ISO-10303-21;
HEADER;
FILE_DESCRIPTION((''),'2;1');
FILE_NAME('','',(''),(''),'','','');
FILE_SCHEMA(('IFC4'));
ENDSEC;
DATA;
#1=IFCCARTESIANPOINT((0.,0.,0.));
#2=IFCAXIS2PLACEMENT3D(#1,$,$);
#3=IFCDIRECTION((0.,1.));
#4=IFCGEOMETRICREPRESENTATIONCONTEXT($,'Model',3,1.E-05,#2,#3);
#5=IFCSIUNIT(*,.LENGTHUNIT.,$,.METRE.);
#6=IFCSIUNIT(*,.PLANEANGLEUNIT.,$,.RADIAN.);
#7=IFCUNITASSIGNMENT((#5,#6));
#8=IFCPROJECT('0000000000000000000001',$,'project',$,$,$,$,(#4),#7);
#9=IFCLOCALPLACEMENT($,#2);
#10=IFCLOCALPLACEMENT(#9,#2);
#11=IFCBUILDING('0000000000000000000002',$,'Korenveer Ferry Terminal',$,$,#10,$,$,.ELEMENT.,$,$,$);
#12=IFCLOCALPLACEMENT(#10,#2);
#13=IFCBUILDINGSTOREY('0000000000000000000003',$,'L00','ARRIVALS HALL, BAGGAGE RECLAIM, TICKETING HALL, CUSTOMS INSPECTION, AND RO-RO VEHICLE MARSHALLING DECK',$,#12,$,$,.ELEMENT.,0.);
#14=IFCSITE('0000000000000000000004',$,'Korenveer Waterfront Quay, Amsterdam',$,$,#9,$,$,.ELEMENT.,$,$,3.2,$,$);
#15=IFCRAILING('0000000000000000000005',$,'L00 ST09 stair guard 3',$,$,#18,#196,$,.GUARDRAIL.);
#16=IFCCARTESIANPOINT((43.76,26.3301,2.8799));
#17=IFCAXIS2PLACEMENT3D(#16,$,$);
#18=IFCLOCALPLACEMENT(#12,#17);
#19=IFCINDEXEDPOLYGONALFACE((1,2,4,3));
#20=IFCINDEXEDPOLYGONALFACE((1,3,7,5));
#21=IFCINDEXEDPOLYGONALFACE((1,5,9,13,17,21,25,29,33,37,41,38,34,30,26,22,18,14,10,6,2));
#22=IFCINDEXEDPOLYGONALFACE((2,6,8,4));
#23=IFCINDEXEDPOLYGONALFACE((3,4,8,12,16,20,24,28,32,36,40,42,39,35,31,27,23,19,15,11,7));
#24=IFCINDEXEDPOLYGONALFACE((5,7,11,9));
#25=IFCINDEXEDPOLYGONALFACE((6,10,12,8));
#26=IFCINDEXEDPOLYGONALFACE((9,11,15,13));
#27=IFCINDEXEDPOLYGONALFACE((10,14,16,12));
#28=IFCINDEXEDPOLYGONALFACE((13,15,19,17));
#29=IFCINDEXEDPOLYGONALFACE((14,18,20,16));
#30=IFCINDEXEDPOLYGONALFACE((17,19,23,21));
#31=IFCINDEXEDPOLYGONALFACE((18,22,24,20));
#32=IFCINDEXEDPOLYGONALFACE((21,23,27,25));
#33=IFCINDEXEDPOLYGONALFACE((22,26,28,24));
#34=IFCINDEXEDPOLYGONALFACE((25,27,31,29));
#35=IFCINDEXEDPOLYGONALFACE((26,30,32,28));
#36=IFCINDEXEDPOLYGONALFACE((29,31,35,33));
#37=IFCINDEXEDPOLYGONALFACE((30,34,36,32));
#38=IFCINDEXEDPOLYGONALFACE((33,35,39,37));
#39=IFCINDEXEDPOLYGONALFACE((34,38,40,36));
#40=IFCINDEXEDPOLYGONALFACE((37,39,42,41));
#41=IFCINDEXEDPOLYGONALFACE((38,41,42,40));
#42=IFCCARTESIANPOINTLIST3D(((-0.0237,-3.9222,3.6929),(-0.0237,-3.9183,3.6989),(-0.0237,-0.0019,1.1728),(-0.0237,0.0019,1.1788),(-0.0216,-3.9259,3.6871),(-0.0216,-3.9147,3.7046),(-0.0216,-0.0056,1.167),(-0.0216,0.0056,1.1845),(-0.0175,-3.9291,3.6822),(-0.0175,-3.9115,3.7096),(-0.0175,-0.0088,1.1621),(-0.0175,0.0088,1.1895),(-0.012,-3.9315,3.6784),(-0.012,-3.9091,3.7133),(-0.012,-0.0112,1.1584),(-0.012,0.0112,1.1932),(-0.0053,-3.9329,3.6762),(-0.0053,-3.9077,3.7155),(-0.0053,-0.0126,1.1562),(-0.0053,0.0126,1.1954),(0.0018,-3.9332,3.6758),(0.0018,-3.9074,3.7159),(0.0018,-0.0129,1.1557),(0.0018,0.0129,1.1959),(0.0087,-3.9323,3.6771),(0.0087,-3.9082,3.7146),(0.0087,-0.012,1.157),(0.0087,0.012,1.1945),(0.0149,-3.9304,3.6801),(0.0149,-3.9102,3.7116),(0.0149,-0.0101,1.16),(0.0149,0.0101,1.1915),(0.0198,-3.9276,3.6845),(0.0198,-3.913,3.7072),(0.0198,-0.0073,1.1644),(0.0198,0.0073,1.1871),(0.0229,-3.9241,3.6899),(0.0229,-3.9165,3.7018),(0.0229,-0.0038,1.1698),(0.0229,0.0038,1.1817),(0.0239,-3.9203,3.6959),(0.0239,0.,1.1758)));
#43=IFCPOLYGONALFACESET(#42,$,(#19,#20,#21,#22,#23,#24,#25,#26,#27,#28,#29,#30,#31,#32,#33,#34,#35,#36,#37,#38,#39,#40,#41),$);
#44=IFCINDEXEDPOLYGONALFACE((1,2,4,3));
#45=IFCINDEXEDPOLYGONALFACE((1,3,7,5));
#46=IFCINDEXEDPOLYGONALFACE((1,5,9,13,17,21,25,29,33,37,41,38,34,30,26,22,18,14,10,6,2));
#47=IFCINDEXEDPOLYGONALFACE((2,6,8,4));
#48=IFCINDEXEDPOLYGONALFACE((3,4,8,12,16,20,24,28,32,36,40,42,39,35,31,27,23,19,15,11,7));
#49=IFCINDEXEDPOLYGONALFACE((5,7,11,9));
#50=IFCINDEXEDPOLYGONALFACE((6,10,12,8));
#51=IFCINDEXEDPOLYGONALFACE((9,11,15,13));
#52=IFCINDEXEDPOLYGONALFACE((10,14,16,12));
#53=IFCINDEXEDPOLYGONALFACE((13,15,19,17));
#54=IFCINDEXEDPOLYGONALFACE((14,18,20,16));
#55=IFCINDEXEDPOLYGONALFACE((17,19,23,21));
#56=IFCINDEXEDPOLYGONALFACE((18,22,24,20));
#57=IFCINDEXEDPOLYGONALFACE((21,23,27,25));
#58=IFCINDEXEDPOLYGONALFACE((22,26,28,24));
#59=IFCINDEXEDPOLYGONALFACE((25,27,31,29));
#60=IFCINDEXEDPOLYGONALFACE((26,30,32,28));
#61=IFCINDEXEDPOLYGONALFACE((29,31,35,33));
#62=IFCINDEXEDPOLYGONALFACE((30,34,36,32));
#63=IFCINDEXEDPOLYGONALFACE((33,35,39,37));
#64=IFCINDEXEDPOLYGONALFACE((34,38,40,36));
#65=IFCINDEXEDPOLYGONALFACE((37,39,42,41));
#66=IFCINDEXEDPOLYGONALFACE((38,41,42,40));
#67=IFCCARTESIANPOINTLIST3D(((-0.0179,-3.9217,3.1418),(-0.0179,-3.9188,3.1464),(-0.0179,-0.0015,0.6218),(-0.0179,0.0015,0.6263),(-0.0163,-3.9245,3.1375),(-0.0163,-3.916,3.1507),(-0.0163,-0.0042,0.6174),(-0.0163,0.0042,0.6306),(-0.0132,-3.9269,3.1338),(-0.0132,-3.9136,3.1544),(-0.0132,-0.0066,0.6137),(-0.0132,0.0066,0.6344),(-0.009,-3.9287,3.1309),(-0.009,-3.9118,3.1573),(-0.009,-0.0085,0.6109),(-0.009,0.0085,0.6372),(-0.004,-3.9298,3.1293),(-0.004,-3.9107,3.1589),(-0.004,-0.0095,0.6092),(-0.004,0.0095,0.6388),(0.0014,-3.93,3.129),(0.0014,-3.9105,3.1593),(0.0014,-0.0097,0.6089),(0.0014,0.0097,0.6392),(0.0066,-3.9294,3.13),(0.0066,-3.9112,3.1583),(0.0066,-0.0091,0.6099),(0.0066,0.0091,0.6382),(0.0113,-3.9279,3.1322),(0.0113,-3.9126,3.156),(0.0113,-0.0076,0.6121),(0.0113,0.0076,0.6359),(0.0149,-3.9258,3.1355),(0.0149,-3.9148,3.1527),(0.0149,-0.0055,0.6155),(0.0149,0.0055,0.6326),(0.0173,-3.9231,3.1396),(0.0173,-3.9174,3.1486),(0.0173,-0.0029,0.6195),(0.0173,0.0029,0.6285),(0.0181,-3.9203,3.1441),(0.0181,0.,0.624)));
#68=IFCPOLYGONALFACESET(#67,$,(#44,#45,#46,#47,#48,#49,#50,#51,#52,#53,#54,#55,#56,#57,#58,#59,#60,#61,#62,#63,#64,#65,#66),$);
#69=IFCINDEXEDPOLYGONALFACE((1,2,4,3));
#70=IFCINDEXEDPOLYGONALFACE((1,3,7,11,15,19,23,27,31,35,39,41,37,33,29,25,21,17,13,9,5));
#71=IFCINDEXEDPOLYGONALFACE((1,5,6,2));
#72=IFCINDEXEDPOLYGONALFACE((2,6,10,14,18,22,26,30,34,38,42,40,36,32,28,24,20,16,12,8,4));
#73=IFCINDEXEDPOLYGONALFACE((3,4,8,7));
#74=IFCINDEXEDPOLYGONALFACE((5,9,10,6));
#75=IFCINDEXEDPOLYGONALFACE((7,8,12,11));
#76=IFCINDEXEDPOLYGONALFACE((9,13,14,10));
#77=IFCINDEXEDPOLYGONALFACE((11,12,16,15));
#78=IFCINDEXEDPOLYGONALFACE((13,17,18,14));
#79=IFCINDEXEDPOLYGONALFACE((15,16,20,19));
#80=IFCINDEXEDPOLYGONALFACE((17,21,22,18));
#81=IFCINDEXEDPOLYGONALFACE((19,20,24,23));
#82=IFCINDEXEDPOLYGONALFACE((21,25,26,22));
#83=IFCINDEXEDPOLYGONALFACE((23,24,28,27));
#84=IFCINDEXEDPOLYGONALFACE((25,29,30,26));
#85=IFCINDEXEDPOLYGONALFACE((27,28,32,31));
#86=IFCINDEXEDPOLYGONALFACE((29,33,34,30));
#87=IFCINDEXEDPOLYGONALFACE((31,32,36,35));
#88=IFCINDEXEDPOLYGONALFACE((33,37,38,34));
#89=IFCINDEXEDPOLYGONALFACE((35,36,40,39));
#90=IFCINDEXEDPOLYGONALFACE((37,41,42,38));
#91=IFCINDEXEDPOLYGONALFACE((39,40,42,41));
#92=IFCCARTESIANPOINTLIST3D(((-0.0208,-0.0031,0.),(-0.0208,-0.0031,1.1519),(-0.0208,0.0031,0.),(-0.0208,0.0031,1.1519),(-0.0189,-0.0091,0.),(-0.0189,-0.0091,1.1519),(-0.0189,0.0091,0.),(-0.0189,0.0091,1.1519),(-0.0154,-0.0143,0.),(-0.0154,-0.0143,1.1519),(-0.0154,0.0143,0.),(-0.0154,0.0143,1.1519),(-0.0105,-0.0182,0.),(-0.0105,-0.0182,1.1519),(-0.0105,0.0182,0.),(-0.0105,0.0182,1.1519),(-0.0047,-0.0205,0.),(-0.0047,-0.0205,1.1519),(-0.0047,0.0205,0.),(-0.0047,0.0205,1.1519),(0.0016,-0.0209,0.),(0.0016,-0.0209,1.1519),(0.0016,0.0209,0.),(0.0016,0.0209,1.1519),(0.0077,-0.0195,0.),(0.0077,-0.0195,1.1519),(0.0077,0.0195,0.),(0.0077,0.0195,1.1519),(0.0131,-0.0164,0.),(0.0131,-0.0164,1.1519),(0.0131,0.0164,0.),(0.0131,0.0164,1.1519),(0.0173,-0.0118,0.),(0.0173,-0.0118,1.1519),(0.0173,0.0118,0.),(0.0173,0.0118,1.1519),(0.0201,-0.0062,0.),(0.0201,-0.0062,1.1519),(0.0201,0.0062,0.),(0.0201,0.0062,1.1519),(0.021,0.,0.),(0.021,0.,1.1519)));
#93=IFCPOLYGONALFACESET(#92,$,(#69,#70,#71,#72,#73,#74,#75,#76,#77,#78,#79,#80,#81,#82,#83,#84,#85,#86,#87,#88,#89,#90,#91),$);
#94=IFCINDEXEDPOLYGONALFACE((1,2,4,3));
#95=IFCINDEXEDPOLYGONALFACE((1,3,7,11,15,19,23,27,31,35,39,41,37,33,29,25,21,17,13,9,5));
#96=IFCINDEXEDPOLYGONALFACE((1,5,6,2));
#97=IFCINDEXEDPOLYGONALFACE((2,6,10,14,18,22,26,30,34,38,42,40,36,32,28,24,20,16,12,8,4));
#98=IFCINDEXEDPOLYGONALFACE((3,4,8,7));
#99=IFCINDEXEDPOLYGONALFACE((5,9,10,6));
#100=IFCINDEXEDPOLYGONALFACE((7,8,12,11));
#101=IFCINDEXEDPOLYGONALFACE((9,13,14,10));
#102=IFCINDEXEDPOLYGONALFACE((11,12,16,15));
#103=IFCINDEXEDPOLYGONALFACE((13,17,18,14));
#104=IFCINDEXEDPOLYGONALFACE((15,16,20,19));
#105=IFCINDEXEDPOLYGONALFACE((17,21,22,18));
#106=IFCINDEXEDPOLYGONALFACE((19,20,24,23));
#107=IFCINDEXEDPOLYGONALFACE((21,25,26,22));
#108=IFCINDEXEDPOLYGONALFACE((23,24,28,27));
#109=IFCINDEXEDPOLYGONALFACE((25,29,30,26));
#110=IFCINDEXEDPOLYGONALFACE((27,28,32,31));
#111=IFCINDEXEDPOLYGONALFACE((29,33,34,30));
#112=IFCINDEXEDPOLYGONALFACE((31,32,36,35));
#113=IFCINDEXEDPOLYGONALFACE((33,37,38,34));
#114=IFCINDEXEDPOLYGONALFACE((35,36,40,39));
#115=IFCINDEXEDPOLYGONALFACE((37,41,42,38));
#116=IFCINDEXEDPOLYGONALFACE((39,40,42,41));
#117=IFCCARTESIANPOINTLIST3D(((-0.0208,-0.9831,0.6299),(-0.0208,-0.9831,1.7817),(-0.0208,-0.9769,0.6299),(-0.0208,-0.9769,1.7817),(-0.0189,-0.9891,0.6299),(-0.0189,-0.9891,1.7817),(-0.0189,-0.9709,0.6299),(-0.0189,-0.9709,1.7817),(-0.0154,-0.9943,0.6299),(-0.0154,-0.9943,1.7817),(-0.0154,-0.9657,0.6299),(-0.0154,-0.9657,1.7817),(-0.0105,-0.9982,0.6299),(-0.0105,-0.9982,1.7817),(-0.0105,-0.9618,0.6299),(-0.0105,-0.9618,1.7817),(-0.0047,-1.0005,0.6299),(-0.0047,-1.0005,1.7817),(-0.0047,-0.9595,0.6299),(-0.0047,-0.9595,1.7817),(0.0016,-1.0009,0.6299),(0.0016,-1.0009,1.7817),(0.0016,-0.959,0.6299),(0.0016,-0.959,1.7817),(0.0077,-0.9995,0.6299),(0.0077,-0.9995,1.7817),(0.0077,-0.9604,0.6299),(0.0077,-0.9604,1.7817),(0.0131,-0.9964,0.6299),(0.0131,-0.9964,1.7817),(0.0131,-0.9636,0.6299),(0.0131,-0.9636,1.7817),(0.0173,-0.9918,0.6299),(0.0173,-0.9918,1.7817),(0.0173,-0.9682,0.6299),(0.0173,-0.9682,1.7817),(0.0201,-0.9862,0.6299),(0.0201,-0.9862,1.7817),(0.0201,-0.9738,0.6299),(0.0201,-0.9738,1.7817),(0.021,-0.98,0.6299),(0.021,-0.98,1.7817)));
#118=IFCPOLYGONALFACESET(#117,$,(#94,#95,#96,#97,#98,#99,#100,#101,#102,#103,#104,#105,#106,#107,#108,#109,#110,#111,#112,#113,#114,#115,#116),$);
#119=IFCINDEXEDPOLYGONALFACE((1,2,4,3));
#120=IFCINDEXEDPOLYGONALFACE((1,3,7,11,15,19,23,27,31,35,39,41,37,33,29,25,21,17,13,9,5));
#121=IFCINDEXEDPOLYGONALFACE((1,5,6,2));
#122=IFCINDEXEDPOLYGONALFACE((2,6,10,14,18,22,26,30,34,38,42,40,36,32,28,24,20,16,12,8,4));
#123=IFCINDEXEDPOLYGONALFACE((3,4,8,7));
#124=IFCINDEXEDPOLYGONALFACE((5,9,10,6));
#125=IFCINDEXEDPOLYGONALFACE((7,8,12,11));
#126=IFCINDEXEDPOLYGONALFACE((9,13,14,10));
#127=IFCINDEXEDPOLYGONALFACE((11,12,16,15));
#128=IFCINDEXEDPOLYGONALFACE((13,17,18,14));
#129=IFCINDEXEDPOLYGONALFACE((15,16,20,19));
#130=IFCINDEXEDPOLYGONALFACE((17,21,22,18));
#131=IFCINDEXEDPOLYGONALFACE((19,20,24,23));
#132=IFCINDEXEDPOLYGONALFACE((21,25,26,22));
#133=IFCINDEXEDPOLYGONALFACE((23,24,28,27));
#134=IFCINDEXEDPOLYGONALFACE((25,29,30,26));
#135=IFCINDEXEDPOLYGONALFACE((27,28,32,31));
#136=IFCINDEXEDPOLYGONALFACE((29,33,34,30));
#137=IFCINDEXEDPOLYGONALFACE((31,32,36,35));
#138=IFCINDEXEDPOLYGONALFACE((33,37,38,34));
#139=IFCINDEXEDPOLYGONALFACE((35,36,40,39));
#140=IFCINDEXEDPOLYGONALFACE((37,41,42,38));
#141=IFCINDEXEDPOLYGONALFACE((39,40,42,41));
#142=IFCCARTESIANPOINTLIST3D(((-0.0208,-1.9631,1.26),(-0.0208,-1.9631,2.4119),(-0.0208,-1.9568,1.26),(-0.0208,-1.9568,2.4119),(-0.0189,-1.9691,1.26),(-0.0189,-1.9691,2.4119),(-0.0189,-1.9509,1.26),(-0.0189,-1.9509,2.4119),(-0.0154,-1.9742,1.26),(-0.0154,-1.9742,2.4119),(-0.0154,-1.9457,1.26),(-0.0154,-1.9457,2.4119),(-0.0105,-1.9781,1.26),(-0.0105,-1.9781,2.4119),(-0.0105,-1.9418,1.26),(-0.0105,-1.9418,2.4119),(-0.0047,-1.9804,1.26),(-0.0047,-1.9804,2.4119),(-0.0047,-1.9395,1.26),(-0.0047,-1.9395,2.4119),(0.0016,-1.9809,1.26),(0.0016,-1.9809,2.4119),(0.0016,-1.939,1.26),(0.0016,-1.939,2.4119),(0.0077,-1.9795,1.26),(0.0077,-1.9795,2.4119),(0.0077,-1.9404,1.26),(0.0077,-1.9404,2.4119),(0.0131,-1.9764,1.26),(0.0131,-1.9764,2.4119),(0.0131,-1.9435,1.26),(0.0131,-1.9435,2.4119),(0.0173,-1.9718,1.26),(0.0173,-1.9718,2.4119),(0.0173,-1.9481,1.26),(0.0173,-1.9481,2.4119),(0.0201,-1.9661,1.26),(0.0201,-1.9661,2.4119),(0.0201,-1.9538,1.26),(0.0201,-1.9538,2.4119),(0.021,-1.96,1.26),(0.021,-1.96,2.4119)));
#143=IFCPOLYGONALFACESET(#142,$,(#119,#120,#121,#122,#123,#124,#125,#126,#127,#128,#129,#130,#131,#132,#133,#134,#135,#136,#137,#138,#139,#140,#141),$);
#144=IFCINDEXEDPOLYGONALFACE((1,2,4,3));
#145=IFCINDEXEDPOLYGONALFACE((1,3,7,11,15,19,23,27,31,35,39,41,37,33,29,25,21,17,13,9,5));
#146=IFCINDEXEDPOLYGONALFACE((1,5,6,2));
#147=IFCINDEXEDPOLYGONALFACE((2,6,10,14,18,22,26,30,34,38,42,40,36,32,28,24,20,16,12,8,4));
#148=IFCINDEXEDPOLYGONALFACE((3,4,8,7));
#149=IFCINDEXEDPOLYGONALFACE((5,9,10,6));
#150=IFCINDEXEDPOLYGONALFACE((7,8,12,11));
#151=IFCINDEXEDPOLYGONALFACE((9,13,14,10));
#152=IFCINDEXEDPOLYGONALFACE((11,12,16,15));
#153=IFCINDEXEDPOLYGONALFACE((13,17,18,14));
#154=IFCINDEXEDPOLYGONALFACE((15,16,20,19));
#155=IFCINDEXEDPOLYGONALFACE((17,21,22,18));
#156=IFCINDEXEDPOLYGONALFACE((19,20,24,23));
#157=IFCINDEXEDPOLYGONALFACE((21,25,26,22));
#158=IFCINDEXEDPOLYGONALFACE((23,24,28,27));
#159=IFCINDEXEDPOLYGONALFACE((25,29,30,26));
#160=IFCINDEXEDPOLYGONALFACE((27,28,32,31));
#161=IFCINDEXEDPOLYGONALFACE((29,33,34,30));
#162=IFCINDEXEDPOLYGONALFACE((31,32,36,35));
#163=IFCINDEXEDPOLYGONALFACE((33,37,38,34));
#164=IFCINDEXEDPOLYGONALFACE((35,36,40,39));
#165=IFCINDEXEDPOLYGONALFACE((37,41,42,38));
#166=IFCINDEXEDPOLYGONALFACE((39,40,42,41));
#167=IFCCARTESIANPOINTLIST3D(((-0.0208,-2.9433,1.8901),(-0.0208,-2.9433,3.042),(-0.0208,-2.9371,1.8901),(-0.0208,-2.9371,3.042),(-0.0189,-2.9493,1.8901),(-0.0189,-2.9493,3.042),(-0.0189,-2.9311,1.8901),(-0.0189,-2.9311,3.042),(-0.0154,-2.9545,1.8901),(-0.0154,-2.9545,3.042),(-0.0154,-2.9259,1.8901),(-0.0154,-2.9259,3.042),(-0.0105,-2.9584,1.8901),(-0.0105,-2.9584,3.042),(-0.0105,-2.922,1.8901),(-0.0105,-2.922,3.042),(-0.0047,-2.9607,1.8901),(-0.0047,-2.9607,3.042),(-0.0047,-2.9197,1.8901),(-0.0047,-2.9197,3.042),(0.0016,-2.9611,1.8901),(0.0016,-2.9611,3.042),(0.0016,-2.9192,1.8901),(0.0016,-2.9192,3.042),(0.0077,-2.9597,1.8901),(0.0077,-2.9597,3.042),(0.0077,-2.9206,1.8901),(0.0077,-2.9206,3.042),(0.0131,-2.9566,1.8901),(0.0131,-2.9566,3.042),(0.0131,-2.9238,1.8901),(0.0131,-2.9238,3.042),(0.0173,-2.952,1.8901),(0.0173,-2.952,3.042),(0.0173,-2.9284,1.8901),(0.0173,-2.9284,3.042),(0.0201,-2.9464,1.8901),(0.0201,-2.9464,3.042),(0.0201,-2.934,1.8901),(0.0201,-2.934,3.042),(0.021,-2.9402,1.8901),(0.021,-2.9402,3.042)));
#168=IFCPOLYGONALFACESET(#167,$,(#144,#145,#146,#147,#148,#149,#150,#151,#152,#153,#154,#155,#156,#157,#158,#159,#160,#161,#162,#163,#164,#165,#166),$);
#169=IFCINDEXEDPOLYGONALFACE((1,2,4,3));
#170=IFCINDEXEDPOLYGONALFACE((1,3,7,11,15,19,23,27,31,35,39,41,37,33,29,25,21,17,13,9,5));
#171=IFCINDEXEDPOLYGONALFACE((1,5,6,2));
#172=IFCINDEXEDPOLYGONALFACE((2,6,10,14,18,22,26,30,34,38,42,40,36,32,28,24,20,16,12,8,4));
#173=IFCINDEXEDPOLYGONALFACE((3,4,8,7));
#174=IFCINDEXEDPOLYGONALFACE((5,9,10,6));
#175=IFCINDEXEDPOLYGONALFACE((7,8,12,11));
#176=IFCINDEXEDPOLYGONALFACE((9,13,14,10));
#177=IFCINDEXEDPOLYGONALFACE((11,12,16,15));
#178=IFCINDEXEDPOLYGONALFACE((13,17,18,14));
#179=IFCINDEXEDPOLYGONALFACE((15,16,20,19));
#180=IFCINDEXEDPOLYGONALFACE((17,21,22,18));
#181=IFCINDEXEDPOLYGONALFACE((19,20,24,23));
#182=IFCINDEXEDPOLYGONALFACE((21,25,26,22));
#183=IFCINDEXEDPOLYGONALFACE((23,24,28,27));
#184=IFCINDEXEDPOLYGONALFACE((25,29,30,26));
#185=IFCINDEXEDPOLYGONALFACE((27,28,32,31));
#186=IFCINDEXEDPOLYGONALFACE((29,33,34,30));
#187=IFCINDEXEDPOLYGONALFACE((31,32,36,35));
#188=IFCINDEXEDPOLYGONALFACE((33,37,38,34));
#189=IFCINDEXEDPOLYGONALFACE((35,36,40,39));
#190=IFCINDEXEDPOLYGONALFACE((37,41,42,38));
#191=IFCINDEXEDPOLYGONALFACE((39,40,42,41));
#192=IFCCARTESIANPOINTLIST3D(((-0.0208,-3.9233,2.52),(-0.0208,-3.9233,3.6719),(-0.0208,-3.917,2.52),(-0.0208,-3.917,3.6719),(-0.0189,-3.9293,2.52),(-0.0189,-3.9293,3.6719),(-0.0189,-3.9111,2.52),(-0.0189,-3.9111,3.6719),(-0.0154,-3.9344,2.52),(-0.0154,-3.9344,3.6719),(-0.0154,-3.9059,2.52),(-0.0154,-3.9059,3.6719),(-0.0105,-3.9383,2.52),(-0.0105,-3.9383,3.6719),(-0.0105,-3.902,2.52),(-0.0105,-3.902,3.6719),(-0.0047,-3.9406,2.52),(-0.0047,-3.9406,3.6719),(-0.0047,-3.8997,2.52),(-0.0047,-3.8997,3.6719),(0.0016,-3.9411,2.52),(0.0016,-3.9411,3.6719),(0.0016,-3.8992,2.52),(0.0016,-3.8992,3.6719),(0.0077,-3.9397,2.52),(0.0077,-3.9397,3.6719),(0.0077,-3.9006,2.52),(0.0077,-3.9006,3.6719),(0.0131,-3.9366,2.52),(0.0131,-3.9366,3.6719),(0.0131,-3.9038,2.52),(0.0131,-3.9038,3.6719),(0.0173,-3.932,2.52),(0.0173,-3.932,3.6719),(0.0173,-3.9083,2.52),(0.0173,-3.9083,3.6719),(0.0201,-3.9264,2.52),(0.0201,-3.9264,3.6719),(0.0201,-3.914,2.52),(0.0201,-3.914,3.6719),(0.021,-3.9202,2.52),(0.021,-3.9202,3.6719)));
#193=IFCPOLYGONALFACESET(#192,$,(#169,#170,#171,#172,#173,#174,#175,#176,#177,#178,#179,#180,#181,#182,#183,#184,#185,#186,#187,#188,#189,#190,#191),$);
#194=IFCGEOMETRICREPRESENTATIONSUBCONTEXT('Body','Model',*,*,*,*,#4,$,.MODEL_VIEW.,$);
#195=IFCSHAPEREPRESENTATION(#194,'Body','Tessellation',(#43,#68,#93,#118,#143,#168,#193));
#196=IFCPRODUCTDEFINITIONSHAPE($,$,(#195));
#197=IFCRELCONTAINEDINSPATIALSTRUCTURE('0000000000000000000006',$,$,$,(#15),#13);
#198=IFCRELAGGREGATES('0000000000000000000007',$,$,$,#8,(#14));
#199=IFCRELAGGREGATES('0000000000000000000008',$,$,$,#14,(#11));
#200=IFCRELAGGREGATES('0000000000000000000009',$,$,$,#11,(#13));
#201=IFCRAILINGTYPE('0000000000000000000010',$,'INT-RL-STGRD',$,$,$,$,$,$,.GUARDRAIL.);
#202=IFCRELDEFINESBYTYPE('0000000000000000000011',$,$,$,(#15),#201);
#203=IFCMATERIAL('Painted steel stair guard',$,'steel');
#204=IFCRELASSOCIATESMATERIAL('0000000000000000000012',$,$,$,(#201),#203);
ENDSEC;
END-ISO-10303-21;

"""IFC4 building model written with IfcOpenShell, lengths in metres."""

from ifc_helpers import new_model, si_unit, direction, frame, origin, origin_2d, place, context, subcontext, project, spatial, circle, extrude, material, type_object, element, save


model = new_model("IFC4")

# Units and contexts
model_context = context("Model", 3, precision=1e-05, world=origin(), true_north=direction((0.0, 1.0)))
body_context = subcontext(model_context, "Body", "Model", "MODEL_VIEW")
ifc_project = project(units=[si_unit("LENGTHUNIT", "METRE"), si_unit("PLANEANGLEUNIT", "RADIAN")], contexts=[model_context])

# Site, building, storey
site_placement = place(None, origin())
site = spatial("IfcSite", under=ifc_project, at=site_placement, Name="Korenveer Waterfront Quay, Amsterdam", CompositionType="ELEMENT", RefElevation=3.2)
building_placement = place(site_placement, origin())
building = spatial("IfcBuilding", under=site, at=building_placement, Name="Korenveer Ferry Terminal", CompositionType="ELEMENT")
storey_placement = place(building_placement, origin())
storey = spatial("IfcBuildingStorey", under=building, at=storey_placement, Name="L00", Description="ARRIVALS HALL, BAGGAGE RECLAIM, TICKETING HALL, CUSTOMS INSPECTION, AND RO-RO VEHICLE MARSHALLING DECK", CompositionType="ELEMENT", Elevation=0.0)

# Railing
ifc_material_1 = material(Name="Painted steel stair guard", Category="steel")
railing_type_1 = type_object("IfcRailingType", Name="INT-RL-STGRD", PredefinedType="GUARDRAIL", material=ifc_material_1)
railing_1_placement = place(storey_placement, frame((43.76, 26.3301, 2.8799)))
element("IfcRailing", 1, at=railing_1_placement, inside=storey, type_object=railing_type_1, Name="L00 ST09 stair guard 3", PredefinedType="GUARDRAIL", context=body_context, shape_type="SweptSolid", body=[
    extrude(circle(Radius=0.0239, at=origin_2d()), frame((0.0, 0.0, 1.1758), z_axis=(0.0, -0.841187, 0.540744), x_axis=(1.0, 0.0, 0.0)), (0.0, 0.0, 1.0), 4.6604),
    extrude(circle(Radius=0.0181, at=origin_2d()), frame((0.0, 0.0, 0.624), z_axis=(0.0, -0.841187, 0.540744), x_axis=(1.0, 0.0, 0.0)), (0.0, 0.0, 1.0), 4.6604),
    extrude(circle(Radius=0.021, at=origin_2d()), origin(), (0.0, 0.0, 1.0), 1.1519),
    extrude(circle(Radius=0.021, at=origin_2d()), frame((0.0, -0.98, 0.6299)), (0.0, 0.0, 1.0), 1.1519),
    extrude(circle(Radius=0.021, at=origin_2d()), frame((0.0, -1.96, 1.26)), (0.0, 0.0, 1.0), 1.1519),
    extrude(circle(Radius=0.021, at=origin_2d()), frame((0.0, -2.9402, 1.8901)), (0.0, 0.0, 1.0), 1.1519),
    extrude(circle(Radius=0.021, at=origin_2d()), frame((0.0, -3.9202, 2.52)), (0.0, 0.0, 1.0), 1.1519),
])

save(model, "model.ifc")
